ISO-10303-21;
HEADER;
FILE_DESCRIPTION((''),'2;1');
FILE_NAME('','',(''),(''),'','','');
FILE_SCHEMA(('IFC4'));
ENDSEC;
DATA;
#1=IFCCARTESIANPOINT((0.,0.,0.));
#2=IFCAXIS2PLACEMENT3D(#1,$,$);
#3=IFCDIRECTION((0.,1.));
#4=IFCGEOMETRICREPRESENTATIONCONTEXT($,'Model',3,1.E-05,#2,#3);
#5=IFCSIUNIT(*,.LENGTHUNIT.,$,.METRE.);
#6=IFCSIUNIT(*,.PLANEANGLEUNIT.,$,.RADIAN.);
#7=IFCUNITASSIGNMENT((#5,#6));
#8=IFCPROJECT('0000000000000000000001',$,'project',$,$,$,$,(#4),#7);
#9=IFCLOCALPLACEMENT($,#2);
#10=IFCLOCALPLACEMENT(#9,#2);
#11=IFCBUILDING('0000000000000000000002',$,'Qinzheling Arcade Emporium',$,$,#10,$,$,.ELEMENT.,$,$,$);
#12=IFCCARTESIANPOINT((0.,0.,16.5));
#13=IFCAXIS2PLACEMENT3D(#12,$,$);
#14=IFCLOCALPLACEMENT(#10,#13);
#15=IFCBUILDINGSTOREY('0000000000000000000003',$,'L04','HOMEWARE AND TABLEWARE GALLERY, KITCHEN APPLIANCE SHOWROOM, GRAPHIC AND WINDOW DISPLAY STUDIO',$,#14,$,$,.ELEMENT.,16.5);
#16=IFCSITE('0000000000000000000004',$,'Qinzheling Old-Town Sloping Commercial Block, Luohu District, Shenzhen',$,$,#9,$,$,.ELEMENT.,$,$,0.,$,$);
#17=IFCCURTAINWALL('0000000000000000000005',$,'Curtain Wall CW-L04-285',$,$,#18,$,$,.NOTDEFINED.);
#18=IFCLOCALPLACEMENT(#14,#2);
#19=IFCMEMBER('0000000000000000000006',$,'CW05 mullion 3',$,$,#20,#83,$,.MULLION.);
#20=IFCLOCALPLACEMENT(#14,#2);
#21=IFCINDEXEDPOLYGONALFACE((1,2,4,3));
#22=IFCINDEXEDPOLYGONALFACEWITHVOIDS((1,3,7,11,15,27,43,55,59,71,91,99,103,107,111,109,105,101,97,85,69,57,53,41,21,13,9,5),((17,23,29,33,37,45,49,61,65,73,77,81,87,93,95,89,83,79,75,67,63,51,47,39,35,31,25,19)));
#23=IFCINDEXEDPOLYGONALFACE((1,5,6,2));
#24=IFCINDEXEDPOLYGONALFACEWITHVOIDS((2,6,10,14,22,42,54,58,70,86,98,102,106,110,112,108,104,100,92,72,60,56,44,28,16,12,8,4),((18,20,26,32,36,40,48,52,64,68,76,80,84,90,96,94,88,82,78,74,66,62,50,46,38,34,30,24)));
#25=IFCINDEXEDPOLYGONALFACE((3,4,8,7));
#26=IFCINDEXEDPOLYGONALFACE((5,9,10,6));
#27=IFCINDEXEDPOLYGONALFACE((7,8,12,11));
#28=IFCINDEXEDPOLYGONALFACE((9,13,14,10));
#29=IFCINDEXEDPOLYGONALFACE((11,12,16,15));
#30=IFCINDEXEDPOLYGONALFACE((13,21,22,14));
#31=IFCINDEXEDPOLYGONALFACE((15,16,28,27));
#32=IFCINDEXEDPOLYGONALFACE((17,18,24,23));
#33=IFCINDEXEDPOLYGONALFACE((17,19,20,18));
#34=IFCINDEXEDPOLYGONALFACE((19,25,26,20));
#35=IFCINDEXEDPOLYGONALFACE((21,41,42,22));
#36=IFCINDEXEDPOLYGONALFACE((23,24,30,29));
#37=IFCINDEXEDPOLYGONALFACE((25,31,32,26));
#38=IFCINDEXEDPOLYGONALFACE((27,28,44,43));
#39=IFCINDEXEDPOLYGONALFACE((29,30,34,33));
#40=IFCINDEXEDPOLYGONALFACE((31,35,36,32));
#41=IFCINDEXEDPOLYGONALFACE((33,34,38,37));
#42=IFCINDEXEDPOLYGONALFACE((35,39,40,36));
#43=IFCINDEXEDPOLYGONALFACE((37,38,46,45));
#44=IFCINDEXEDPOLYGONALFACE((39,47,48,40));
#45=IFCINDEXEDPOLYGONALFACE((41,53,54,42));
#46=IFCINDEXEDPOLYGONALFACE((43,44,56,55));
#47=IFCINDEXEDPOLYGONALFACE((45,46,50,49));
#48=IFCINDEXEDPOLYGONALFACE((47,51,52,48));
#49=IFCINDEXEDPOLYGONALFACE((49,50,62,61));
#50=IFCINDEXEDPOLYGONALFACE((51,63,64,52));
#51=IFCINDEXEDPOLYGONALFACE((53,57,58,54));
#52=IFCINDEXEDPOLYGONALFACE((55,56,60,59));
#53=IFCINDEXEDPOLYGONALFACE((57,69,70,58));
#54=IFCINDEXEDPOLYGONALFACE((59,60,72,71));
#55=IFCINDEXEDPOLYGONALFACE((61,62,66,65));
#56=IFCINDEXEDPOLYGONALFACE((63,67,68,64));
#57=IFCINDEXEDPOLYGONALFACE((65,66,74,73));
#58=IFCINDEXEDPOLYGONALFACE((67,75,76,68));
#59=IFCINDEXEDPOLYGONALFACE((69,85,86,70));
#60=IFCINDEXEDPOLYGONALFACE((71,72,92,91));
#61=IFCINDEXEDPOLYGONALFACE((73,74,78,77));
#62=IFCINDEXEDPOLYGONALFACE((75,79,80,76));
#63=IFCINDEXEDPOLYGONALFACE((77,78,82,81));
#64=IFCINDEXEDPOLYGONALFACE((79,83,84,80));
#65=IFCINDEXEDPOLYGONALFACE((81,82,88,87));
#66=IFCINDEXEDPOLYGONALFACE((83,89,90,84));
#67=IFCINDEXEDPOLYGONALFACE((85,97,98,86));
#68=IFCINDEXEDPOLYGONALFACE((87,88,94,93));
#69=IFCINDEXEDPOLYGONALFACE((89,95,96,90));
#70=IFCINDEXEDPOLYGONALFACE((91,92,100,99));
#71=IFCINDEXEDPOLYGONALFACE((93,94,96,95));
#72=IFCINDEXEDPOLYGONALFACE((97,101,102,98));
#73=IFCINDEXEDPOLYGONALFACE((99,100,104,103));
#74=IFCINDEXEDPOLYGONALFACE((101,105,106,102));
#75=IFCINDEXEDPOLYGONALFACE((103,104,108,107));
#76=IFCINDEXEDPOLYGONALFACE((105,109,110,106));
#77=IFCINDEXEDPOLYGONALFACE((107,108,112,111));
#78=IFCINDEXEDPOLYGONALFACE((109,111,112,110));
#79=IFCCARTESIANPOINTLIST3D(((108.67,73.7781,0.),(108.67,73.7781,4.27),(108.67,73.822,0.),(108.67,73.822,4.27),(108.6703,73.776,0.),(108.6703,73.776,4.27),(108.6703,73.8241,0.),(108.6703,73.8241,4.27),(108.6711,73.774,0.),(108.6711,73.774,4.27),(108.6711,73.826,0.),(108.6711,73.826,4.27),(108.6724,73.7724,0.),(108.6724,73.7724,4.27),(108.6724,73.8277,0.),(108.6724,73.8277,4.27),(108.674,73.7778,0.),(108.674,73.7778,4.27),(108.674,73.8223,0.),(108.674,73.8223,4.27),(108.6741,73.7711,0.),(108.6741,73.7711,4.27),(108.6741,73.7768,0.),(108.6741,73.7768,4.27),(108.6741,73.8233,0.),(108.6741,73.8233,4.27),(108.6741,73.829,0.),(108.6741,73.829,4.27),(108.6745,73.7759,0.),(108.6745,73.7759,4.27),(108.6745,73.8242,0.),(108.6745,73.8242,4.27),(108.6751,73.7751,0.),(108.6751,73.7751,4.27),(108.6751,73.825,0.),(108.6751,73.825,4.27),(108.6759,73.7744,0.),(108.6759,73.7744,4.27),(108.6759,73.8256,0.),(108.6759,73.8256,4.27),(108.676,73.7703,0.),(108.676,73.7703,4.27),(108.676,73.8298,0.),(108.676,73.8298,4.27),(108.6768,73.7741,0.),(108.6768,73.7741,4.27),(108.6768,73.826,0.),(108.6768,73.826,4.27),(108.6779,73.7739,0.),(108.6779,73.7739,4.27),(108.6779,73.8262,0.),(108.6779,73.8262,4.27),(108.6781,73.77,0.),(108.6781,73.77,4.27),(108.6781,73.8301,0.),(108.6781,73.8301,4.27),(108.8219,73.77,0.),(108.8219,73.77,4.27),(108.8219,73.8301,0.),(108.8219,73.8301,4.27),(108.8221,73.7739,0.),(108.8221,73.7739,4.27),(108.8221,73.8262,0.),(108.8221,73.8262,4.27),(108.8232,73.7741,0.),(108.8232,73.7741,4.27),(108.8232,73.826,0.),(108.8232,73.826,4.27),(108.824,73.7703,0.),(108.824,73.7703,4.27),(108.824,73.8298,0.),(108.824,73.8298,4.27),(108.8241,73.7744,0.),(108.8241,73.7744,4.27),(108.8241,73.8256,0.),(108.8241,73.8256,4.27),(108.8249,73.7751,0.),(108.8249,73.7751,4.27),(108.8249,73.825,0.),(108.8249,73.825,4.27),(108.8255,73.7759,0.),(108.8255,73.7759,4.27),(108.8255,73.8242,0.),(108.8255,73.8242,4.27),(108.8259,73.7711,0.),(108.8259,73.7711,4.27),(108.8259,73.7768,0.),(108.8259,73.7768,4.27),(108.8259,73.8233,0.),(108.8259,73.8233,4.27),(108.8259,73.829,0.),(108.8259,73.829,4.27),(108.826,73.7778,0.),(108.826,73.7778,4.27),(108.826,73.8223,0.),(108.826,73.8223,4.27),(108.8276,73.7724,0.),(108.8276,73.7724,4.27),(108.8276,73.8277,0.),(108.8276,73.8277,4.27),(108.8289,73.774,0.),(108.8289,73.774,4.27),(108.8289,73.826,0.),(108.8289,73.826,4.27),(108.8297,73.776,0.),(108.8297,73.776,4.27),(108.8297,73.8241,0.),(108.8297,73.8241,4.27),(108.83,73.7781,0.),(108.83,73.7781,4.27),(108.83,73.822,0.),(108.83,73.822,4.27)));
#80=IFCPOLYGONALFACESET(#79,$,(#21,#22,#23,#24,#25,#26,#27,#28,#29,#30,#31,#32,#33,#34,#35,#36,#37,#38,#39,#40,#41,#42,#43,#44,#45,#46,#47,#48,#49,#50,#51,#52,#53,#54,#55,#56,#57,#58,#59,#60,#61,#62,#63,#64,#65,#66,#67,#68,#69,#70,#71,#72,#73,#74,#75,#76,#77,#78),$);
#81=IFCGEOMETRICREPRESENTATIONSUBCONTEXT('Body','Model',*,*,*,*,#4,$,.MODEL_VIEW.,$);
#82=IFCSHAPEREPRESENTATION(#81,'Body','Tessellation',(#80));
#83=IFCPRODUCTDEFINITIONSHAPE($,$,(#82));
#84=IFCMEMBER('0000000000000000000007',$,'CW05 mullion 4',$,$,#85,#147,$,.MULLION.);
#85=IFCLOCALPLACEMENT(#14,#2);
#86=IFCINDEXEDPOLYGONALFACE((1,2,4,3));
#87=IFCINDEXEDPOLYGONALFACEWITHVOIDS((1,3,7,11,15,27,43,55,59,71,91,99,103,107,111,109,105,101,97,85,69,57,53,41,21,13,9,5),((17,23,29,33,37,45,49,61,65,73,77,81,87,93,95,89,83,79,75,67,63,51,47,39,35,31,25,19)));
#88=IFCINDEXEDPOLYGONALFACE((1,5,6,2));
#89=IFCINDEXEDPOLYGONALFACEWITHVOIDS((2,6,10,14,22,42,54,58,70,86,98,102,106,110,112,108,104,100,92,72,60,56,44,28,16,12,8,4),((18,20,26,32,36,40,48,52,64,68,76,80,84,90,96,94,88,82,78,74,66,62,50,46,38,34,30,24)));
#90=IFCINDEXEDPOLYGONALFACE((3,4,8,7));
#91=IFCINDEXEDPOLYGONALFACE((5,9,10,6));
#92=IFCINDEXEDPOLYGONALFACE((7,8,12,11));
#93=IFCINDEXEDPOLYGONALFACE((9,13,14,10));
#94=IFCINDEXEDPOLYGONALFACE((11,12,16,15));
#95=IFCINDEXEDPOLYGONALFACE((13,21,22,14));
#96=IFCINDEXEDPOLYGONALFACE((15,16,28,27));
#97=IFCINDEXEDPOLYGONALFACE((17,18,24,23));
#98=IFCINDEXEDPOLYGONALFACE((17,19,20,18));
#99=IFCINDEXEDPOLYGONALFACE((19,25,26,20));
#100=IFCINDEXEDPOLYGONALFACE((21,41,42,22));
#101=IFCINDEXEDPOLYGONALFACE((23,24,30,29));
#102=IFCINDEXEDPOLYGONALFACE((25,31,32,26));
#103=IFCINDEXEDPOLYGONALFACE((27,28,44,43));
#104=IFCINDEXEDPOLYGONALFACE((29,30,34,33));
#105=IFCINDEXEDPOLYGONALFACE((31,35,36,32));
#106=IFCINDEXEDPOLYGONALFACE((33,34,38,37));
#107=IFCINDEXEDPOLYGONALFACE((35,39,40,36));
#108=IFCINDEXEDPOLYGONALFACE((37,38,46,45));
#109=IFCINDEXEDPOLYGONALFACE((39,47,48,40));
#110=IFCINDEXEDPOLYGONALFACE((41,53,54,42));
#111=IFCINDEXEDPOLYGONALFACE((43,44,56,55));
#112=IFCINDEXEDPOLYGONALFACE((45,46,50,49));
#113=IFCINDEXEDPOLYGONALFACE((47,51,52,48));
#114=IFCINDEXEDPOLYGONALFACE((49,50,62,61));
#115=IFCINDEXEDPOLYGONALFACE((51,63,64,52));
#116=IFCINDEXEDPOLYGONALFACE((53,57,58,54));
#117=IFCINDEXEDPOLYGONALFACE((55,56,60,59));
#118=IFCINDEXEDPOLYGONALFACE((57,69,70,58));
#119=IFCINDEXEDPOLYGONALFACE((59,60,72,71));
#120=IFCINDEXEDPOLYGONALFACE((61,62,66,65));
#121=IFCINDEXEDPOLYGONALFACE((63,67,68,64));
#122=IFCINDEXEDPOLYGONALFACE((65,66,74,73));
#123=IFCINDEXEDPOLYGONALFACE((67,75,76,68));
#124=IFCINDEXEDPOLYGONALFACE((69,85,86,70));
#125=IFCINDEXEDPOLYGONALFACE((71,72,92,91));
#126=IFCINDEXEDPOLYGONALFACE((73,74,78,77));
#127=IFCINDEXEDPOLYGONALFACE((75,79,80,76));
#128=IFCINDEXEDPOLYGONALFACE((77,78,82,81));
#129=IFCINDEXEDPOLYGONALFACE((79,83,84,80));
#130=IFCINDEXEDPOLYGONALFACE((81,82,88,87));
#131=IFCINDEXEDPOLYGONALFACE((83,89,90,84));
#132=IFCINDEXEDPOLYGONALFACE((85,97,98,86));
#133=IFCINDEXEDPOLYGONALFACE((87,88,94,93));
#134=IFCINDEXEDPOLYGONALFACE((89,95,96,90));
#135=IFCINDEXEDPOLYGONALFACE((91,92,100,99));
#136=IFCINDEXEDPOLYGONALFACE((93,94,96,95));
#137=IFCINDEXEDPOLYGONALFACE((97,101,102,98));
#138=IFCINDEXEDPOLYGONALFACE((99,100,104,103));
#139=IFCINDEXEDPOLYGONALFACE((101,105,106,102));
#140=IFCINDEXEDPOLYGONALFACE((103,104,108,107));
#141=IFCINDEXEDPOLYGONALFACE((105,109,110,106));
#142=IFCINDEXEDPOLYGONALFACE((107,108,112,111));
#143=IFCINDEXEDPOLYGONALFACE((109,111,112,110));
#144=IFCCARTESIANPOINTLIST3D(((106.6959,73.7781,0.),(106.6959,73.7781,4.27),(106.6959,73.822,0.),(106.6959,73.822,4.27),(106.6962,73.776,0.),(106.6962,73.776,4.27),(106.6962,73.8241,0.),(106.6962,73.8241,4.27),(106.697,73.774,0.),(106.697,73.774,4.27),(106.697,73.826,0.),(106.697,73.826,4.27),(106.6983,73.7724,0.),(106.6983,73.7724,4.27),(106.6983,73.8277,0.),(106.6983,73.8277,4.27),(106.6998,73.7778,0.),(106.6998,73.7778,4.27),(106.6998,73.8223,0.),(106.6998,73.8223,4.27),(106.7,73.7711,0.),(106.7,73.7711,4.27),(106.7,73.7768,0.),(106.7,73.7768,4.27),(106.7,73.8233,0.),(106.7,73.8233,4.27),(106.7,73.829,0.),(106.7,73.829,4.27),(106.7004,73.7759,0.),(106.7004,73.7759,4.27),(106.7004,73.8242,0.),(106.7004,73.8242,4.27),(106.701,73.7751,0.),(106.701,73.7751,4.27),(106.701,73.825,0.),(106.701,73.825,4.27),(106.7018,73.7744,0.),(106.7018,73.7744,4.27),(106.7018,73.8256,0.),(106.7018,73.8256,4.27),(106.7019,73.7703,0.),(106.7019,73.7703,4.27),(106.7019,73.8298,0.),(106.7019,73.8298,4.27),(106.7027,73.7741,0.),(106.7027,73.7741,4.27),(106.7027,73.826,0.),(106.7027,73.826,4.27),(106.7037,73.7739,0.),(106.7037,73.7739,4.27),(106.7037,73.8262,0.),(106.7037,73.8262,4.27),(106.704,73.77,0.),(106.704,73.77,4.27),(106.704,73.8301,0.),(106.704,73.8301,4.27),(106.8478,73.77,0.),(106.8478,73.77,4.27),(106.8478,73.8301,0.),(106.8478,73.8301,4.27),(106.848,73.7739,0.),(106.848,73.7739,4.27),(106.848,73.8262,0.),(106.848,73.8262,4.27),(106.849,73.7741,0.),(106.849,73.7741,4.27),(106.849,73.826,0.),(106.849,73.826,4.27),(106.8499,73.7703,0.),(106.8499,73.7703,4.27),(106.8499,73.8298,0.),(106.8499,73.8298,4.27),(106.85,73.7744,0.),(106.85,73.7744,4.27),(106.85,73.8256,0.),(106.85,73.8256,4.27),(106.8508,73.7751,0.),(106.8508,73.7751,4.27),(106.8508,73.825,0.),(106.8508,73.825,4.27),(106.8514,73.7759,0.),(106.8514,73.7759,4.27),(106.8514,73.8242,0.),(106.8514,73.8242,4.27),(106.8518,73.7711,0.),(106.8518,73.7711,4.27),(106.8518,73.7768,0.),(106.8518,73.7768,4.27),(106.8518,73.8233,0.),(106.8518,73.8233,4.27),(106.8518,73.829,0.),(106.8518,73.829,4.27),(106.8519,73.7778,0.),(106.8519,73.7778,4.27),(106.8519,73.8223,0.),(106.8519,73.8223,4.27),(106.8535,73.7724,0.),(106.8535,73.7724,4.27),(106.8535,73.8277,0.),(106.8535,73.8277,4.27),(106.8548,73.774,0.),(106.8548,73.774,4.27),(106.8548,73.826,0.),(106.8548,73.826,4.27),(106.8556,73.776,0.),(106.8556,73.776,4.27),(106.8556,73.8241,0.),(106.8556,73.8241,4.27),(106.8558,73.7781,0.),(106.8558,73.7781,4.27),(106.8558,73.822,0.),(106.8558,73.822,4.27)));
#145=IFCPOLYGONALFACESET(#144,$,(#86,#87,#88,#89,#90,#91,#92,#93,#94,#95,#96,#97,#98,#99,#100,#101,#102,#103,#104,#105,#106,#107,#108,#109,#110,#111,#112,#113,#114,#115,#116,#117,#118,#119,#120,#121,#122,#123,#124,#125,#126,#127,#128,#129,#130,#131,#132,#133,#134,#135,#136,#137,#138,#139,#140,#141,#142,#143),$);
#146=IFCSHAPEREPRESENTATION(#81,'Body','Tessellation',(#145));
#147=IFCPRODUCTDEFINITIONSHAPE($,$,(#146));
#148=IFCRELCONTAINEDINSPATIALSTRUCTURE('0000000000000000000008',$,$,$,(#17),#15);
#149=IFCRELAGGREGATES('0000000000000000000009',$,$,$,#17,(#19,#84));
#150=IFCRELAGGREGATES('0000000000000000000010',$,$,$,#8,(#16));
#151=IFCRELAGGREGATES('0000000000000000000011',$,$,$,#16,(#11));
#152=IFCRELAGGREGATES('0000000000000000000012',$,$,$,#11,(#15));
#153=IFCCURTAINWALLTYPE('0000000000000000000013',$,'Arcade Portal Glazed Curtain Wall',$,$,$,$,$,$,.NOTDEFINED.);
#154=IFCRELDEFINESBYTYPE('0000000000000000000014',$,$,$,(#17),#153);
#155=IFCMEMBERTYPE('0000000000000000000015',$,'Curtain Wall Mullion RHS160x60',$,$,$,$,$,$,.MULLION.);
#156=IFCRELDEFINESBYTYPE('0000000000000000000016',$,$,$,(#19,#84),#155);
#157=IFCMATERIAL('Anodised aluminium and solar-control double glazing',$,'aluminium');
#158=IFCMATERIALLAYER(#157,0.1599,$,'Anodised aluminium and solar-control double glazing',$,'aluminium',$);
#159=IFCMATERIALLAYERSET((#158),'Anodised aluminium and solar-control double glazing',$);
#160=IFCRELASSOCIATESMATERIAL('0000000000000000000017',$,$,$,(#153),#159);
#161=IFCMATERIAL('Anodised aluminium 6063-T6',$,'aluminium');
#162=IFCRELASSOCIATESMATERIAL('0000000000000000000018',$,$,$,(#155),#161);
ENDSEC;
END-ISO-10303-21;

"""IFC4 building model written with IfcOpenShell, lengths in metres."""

from ifc_helpers import new_model, si_unit, direction, frame, origin, origin_2d, place, context, subcontext, project, spatial, hollow_rectangle, extrude, material, layer, layer_set, material_profile, profile_set, type_object, element, aggregate, save


model = new_model("IFC4")

# Units and contexts
model_context = context("Model", 3, precision=1e-05, world=origin(), true_north=direction((0.0, 1.0)))
body_context = subcontext(model_context, "Body", "Model", "MODEL_VIEW")
ifc_project = project(units=[si_unit("LENGTHUNIT", "METRE"), si_unit("PLANEANGLEUNIT", "RADIAN")], contexts=[model_context])

# Site, building, storey
site_placement = place(None, origin())
site = spatial("IfcSite", under=ifc_project, at=site_placement, Name="Qinzheling Old-Town Sloping Commercial Block, Luohu District, Shenzhen", CompositionType="ELEMENT", RefElevation=0.0)
building_placement = place(site_placement, origin())
building = spatial("IfcBuilding", under=site, at=building_placement, Name="Qinzheling Arcade Emporium", CompositionType="ELEMENT")
storey_placement = place(building_placement, frame((0.0, 0.0, 16.5)))
storey = spatial("IfcBuildingStorey", under=building, at=storey_placement, Name="L04", Description="HOMEWARE AND TABLEWARE GALLERY, KITCHEN APPLIANCE SHOWROOM, GRAPHIC AND WINDOW DISPLAY STUDIO", CompositionType="ELEMENT", Elevation=16.5)

# Curtain wall, members
ifc_material_1 = material(Name="Anodised aluminium and solar-control double glazing", Category="aluminium")
ifc_layer_1 = layer(ifc_material_1, 0.1599, Name="Anodised aluminium and solar-control double glazing", Category="aluminium")
ifc_layer_set_1 = layer_set([ifc_layer_1], Name="Anodised aluminium and solar-control double glazing")
curtain_wall_type = type_object("IfcCurtainWallType", Name="Arcade Portal Glazed Curtain Wall", PredefinedType="NOTDEFINED", material=ifc_layer_set_1)
curtain_wall_placement = place(storey_placement, origin())
curtain_wall = element("IfcCurtainWall", 1, at=curtain_wall_placement, inside=storey, type_object=curtain_wall_type, Name="Curtain Wall CW-L04-285", PredefinedType="NOTDEFINED")
ifc_material_2 = material(Name="Anodised aluminium 6063-T6", Category="aluminium")
ifc_material_profile_1 = material_profile(ifc_material_2, hollow_rectangle(XDim=0.0601, YDim=0.1599, WallThickness=0.0039, InnerFilletRadius=0.0039, OuterFilletRadius=0.0081, at=origin_2d()), Name="RHS 160x60x4", Category="aluminium")
ifc_profile_set_1 = profile_set([ifc_material_profile_1], Name="Anodised aluminium 6063-T6")
member_type_1 = type_object("IfcMemberType", Name="Curtain Wall Mullion RHS160x60", PredefinedType="MULLION", material=ifc_profile_set_1)
member_1_placement = place(storey_placement, frame((108.75, 73.8, 0.0), z_axis=(0.0, 0.0, 1.0), x_axis=(0.0, -1.0, 0.0)))
member_1 = element("IfcMember", 2, at=member_1_placement, type_object=member_type_1, Name="CW05 mullion 3", PredefinedType="MULLION", context=body_context, shape_type="SweptSolid", body=[
    extrude(hollow_rectangle(XDim=0.0601, YDim=0.1599, WallThickness=0.0039, InnerFilletRadius=0.0039, OuterFilletRadius=0.0081, at=origin_2d()), origin(), (0.0, 0.0, 1.0), 4.27),
])
member_2_placement = place(storey_placement, frame((106.7759, 73.8, 0.0), z_axis=(0.0, 0.0, 1.0), x_axis=(0.0, -1.0, 0.0)))
member_2 = element("IfcMember", 3, at=member_2_placement, type_object=member_type_1, Name="CW05 mullion 4", PredefinedType="MULLION", context=body_context, shape_type="SweptSolid", body=[
    extrude(hollow_rectangle(XDim=0.0601, YDim=0.1599, WallThickness=0.0039, InnerFilletRadius=0.0039, OuterFilletRadius=0.0081, at=origin_2d()), origin(), (0.0, 0.0, 1.0), 4.27),
])
aggregate(curtain_wall, [member_1, member_2])

save(model, "model.ifc")
